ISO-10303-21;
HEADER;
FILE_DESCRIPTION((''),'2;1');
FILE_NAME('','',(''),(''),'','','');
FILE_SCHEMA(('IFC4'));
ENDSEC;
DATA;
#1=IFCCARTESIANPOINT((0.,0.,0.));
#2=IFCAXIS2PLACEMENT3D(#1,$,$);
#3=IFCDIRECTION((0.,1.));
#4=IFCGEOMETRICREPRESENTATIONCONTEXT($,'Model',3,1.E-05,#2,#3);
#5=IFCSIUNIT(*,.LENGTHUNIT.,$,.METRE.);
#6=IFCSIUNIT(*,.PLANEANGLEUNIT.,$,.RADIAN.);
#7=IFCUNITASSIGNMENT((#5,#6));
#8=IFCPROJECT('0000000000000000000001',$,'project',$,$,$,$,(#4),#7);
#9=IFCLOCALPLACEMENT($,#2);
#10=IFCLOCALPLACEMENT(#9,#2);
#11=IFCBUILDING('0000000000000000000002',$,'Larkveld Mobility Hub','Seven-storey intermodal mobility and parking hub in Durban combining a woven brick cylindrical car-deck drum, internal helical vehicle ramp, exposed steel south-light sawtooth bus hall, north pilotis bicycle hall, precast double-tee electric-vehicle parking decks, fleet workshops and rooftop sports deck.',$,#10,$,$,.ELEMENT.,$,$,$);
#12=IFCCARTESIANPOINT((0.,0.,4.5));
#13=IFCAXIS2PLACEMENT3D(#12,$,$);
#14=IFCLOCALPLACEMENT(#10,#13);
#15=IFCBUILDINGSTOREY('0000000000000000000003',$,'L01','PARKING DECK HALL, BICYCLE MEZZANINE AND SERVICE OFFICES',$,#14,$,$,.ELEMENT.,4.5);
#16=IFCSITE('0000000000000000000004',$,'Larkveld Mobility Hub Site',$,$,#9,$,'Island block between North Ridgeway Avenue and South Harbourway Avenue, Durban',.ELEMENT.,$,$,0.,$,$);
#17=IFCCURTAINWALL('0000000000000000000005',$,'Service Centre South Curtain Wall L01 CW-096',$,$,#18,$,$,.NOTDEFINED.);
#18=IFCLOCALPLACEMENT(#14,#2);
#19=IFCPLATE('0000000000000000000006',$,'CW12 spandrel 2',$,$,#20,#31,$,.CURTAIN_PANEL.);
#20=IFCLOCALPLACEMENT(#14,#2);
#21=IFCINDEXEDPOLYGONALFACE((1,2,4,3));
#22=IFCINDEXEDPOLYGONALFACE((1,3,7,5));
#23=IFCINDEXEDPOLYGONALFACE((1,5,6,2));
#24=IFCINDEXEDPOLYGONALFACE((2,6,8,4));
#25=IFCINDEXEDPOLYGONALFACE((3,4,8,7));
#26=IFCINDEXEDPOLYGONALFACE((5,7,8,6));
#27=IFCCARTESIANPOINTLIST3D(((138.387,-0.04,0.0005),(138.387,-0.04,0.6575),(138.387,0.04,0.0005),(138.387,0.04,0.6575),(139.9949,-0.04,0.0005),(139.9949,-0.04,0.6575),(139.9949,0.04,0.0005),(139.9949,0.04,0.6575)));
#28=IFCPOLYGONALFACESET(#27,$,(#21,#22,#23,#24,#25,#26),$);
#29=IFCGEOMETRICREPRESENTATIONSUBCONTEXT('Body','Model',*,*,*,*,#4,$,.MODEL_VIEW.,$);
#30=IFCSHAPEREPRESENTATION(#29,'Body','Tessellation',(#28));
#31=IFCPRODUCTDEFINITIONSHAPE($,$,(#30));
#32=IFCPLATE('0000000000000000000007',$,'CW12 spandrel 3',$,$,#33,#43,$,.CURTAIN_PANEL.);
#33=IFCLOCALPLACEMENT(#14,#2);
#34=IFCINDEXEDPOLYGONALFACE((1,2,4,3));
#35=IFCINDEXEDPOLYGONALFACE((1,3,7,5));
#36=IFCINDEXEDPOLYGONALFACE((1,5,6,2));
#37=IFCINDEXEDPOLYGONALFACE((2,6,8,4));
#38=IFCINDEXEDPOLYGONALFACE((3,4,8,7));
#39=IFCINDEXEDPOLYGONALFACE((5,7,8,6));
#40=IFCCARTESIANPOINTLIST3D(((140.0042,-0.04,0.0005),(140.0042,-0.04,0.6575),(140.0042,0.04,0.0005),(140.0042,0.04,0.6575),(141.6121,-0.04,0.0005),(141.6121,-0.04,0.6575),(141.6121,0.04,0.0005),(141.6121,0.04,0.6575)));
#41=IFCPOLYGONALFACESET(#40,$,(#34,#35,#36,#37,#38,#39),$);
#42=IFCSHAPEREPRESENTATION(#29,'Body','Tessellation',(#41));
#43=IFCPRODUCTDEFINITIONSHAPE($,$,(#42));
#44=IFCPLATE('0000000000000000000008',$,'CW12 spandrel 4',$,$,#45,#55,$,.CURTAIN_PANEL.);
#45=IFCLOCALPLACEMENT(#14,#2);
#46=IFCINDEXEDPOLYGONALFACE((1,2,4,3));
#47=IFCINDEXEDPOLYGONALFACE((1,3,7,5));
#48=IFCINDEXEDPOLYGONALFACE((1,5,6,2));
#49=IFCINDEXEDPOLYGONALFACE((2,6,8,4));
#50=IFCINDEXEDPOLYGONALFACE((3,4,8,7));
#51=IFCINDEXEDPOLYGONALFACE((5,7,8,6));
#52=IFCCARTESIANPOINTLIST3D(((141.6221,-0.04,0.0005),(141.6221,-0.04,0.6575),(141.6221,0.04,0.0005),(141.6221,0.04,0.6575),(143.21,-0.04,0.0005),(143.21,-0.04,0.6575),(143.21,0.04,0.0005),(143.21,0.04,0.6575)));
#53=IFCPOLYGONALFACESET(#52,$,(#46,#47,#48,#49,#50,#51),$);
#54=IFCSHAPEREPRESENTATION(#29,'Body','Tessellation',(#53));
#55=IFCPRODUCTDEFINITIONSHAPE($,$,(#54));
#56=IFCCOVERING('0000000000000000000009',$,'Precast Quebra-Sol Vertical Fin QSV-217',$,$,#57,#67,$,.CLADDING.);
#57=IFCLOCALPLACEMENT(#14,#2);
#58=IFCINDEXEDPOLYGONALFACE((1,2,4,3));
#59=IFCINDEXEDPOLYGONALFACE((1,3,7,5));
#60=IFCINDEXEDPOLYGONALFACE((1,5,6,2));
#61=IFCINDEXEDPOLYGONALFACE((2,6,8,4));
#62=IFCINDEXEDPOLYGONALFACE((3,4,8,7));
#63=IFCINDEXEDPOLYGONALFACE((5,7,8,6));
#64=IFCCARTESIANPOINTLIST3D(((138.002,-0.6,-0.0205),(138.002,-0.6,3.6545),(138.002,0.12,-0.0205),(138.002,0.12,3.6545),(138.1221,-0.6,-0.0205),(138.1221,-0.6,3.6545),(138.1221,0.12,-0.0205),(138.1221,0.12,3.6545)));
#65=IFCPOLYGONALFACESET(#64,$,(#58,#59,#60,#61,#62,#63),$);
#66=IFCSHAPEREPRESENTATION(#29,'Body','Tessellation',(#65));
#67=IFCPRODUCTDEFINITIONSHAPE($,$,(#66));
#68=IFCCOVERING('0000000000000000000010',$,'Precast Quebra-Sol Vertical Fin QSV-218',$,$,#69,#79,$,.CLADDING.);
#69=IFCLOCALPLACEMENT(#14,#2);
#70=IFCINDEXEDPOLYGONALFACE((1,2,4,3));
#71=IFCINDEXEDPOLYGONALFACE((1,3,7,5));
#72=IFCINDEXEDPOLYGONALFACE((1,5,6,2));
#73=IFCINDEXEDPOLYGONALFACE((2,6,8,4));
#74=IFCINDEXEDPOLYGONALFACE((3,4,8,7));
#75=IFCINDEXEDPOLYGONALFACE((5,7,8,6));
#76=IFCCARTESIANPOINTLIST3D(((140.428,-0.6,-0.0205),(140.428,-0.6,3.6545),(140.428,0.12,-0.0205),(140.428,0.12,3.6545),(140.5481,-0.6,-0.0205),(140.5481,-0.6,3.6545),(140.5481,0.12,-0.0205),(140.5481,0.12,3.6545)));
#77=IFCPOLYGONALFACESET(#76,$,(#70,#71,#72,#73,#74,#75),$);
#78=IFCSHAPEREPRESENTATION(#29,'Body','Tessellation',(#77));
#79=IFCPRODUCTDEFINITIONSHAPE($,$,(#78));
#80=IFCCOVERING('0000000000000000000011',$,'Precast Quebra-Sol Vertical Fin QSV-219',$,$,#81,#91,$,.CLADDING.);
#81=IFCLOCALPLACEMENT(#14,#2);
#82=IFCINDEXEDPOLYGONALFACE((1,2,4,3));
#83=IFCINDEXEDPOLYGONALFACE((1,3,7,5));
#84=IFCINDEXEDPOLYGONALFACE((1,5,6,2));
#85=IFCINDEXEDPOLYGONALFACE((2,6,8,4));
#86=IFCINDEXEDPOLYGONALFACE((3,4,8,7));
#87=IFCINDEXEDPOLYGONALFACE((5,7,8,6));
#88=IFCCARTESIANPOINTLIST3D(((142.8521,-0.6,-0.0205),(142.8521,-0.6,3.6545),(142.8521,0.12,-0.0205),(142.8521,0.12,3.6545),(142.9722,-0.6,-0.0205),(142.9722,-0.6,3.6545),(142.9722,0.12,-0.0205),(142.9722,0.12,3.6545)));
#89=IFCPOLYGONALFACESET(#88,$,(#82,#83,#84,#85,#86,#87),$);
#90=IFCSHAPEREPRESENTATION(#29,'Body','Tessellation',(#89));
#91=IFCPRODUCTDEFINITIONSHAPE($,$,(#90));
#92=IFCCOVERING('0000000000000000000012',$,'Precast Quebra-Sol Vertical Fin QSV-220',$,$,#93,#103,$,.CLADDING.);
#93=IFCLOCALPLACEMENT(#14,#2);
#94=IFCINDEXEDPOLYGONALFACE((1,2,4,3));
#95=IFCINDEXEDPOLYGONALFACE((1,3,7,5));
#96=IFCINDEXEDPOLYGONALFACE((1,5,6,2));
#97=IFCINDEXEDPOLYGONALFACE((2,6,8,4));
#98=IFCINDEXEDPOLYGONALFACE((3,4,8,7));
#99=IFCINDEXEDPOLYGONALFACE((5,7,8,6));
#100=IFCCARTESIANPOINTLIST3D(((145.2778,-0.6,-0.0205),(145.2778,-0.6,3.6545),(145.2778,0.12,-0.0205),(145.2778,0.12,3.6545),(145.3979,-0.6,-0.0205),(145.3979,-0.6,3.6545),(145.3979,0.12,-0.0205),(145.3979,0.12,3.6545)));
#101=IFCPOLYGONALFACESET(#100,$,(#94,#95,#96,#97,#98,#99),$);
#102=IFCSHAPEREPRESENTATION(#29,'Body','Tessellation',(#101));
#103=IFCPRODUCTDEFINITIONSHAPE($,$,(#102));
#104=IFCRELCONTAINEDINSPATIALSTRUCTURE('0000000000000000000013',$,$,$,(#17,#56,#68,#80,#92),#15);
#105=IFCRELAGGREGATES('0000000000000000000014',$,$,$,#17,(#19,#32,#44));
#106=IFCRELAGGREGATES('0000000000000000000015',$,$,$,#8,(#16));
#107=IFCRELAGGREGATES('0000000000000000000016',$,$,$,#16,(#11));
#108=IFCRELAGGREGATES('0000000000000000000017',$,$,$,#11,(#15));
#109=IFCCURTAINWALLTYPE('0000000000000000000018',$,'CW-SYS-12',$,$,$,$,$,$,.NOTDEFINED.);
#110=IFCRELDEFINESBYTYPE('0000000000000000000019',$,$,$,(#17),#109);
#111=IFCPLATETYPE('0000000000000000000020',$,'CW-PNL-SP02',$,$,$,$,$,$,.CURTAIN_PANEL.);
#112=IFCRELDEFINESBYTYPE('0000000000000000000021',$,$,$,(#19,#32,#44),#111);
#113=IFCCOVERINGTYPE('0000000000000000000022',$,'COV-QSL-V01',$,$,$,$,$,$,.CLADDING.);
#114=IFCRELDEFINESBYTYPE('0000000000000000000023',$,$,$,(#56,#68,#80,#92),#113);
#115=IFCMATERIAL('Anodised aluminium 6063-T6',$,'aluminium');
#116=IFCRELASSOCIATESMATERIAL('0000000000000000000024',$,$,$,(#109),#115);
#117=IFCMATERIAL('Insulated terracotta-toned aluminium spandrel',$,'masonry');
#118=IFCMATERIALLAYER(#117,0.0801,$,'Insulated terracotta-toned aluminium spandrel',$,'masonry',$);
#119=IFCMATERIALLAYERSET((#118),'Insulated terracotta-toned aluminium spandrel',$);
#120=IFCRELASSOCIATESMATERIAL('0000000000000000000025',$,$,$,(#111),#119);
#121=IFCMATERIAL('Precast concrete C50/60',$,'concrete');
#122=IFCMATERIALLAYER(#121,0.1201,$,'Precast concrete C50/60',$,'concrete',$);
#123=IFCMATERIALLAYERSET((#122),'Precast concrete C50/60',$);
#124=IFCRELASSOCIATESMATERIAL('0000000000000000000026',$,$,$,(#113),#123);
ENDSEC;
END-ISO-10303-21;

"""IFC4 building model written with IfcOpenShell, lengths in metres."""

from ifc_helpers import new_model, si_unit, direction, frame, origin, origin_2d, place, context, subcontext, project, spatial, rectangle, extrude, material, layer, layer_set, type_object, element, aggregate, save


model = new_model("IFC4")

# Units and contexts
model_context = context("Model", 3, precision=1e-05, world=origin(), true_north=direction((0.0, 1.0)))
body_context = subcontext(model_context, "Body", "Model", "MODEL_VIEW")
ifc_project = project(units=[si_unit("LENGTHUNIT", "METRE"), si_unit("PLANEANGLEUNIT", "RADIAN")], contexts=[model_context])

# Site, building, storey
site_placement = place(None, origin())
site = spatial("IfcSite", under=ifc_project, at=site_placement, Name="Larkveld Mobility Hub Site", LongName="Island block between North Ridgeway Avenue and South Harbourway Avenue, Durban", CompositionType="ELEMENT", RefElevation=0.0)
building_placement = place(site_placement, origin())
building = spatial("IfcBuilding", under=site, at=building_placement, Name="Larkveld Mobility Hub", Description="Seven-storey intermodal mobility and parking hub in Durban combining a woven brick cylindrical car-deck drum, internal helical vehicle ramp, exposed steel south-light sawtooth bus hall, north pilotis bicycle hall, precast double-tee electric-vehicle parking decks, fleet workshops and rooftop sports deck.", CompositionType="ELEMENT")
storey_placement = place(building_placement, frame((0.0, 0.0, 4.5)))
storey = spatial("IfcBuildingStorey", under=building, at=storey_placement, Name="L01", Description="PARKING DECK HALL, BICYCLE MEZZANINE AND SERVICE OFFICES", CompositionType="ELEMENT", Elevation=4.5)

# Shared definitions
ifc_material_1 = material(Name="Precast concrete C50/60", Category="concrete")

# Shared definitions
ifc_material_2 = material(Name="Anodised aluminium 6063-T6", Category="aluminium")

# Curtain wall
curtain_wall_type_1 = type_object("IfcCurtainWallType", Name="CW-SYS-12", PredefinedType="NOTDEFINED", material=ifc_material_2)
curtain_wall_1_placement = place(storey_placement, origin())
curtain_wall_1 = element("IfcCurtainWall", 1, at=curtain_wall_1_placement, inside=storey, type_object=curtain_wall_type_1, Name="Service Centre South Curtain Wall L01 CW-096", PredefinedType="NOTDEFINED")

# Plates
ifc_material_3 = material(Name="Insulated terracotta-toned aluminium spandrel", Category="masonry")
ifc_layer_1 = layer(ifc_material_3, 0.0801, Name="Insulated terracotta-toned aluminium spandrel", Category="masonry")
ifc_layer_set_1 = layer_set([ifc_layer_1], Name="Insulated terracotta-toned aluminium spandrel")
plate_type_1 = type_object("IfcPlateType", Name="CW-PNL-SP02", PredefinedType="CURTAIN_PANEL", material=ifc_layer_set_1)
plate_1_placement = place(storey_placement, frame((139.1909, 0.0, 0.0005), z_axis=(0.0, 0.0, 1.0), x_axis=(1.0, 0.0, 0.0)))
plate_1 = element("IfcPlate", 2, at=plate_1_placement, type_object=plate_type_1, Name="CW12 spandrel 2", PredefinedType="CURTAIN_PANEL", context=body_context, shape_type="SweptSolid", body=[
    extrude(rectangle(XDim=1.6079, YDim=0.0801, at=origin_2d()), origin(), (0.0, 0.0, 1.0), 0.657),
])
plate_2_placement = place(storey_placement, frame((140.8081, 0.0, 0.0005), z_axis=(0.0, 0.0, 1.0), x_axis=(1.0, 0.0, 0.0)))
plate_2 = element("IfcPlate", 3, at=plate_2_placement, type_object=plate_type_1, Name="CW12 spandrel 3", PredefinedType="CURTAIN_PANEL", context=body_context, shape_type="SweptSolid", body=[
    extrude(rectangle(XDim=1.6079, YDim=0.0801, at=origin_2d()), origin(), (0.0, 0.0, 1.0), 0.657),
])
plate_3_placement = place(storey_placement, frame((142.416, 0.0, 0.0005), z_axis=(0.0, 0.0, 1.0), x_axis=(1.0, 0.0, 0.0)))
plate_3 = element("IfcPlate", 4, at=plate_3_placement, type_object=plate_type_1, Name="CW12 spandrel 4", PredefinedType="CURTAIN_PANEL", context=body_context, shape_type="SweptSolid", body=[
    extrude(rectangle(XDim=1.5879, YDim=0.0801, at=origin_2d()), origin(), (0.0, 0.0, 1.0), 0.657),
])
aggregate(curtain_wall_1, [plate_1, plate_2, plate_3])

# Coverings
ifc_layer_2 = layer(ifc_material_1, 0.1201, Name="Precast concrete C50/60", Category="concrete")
ifc_layer_set_2 = layer_set([ifc_layer_2], Name="Precast concrete C50/60")
covering_type = type_object("IfcCoveringType", Name="COV-QSL-V01", PredefinedType="CLADDING", material=ifc_layer_set_2)
for number, where, z_axis, x_axis, name in (
    (5, (138.062, -0.24, -0.0205), (0.0, 0.0, 1.0), (1.0, 0.0, 0.0), "Precast Quebra-Sol Vertical Fin QSV-217"),
    (6, (140.488, -0.24, -0.0205), (0.0, 0.0, 1.0), (1.0, 0.0, 0.0), "Precast Quebra-Sol Vertical Fin QSV-218"),
    (7, (142.9121, -0.24, -0.0205), (0.0, 0.0, 1.0), (1.0, 0.0, 0.0), "Precast Quebra-Sol Vertical Fin QSV-219"),
    (8, (145.3379, -0.24, -0.0205), (0.0, 0.0, 1.0), (1.0, 0.0, 0.0), "Precast Quebra-Sol Vertical Fin QSV-220"),
):
    element("IfcCovering", number, at=place(storey_placement, frame(where, z_axis=z_axis, x_axis=x_axis)), inside=storey, type_object=covering_type, Name=name, PredefinedType="CLADDING", context=body_context, shape_type="SweptSolid", body=[
        extrude(rectangle(XDim=0.1201, YDim=0.72, at=origin_2d()), origin(), (0.0, 0.0, 1.0), 3.675),
    ])

save(model, "model.ifc")
